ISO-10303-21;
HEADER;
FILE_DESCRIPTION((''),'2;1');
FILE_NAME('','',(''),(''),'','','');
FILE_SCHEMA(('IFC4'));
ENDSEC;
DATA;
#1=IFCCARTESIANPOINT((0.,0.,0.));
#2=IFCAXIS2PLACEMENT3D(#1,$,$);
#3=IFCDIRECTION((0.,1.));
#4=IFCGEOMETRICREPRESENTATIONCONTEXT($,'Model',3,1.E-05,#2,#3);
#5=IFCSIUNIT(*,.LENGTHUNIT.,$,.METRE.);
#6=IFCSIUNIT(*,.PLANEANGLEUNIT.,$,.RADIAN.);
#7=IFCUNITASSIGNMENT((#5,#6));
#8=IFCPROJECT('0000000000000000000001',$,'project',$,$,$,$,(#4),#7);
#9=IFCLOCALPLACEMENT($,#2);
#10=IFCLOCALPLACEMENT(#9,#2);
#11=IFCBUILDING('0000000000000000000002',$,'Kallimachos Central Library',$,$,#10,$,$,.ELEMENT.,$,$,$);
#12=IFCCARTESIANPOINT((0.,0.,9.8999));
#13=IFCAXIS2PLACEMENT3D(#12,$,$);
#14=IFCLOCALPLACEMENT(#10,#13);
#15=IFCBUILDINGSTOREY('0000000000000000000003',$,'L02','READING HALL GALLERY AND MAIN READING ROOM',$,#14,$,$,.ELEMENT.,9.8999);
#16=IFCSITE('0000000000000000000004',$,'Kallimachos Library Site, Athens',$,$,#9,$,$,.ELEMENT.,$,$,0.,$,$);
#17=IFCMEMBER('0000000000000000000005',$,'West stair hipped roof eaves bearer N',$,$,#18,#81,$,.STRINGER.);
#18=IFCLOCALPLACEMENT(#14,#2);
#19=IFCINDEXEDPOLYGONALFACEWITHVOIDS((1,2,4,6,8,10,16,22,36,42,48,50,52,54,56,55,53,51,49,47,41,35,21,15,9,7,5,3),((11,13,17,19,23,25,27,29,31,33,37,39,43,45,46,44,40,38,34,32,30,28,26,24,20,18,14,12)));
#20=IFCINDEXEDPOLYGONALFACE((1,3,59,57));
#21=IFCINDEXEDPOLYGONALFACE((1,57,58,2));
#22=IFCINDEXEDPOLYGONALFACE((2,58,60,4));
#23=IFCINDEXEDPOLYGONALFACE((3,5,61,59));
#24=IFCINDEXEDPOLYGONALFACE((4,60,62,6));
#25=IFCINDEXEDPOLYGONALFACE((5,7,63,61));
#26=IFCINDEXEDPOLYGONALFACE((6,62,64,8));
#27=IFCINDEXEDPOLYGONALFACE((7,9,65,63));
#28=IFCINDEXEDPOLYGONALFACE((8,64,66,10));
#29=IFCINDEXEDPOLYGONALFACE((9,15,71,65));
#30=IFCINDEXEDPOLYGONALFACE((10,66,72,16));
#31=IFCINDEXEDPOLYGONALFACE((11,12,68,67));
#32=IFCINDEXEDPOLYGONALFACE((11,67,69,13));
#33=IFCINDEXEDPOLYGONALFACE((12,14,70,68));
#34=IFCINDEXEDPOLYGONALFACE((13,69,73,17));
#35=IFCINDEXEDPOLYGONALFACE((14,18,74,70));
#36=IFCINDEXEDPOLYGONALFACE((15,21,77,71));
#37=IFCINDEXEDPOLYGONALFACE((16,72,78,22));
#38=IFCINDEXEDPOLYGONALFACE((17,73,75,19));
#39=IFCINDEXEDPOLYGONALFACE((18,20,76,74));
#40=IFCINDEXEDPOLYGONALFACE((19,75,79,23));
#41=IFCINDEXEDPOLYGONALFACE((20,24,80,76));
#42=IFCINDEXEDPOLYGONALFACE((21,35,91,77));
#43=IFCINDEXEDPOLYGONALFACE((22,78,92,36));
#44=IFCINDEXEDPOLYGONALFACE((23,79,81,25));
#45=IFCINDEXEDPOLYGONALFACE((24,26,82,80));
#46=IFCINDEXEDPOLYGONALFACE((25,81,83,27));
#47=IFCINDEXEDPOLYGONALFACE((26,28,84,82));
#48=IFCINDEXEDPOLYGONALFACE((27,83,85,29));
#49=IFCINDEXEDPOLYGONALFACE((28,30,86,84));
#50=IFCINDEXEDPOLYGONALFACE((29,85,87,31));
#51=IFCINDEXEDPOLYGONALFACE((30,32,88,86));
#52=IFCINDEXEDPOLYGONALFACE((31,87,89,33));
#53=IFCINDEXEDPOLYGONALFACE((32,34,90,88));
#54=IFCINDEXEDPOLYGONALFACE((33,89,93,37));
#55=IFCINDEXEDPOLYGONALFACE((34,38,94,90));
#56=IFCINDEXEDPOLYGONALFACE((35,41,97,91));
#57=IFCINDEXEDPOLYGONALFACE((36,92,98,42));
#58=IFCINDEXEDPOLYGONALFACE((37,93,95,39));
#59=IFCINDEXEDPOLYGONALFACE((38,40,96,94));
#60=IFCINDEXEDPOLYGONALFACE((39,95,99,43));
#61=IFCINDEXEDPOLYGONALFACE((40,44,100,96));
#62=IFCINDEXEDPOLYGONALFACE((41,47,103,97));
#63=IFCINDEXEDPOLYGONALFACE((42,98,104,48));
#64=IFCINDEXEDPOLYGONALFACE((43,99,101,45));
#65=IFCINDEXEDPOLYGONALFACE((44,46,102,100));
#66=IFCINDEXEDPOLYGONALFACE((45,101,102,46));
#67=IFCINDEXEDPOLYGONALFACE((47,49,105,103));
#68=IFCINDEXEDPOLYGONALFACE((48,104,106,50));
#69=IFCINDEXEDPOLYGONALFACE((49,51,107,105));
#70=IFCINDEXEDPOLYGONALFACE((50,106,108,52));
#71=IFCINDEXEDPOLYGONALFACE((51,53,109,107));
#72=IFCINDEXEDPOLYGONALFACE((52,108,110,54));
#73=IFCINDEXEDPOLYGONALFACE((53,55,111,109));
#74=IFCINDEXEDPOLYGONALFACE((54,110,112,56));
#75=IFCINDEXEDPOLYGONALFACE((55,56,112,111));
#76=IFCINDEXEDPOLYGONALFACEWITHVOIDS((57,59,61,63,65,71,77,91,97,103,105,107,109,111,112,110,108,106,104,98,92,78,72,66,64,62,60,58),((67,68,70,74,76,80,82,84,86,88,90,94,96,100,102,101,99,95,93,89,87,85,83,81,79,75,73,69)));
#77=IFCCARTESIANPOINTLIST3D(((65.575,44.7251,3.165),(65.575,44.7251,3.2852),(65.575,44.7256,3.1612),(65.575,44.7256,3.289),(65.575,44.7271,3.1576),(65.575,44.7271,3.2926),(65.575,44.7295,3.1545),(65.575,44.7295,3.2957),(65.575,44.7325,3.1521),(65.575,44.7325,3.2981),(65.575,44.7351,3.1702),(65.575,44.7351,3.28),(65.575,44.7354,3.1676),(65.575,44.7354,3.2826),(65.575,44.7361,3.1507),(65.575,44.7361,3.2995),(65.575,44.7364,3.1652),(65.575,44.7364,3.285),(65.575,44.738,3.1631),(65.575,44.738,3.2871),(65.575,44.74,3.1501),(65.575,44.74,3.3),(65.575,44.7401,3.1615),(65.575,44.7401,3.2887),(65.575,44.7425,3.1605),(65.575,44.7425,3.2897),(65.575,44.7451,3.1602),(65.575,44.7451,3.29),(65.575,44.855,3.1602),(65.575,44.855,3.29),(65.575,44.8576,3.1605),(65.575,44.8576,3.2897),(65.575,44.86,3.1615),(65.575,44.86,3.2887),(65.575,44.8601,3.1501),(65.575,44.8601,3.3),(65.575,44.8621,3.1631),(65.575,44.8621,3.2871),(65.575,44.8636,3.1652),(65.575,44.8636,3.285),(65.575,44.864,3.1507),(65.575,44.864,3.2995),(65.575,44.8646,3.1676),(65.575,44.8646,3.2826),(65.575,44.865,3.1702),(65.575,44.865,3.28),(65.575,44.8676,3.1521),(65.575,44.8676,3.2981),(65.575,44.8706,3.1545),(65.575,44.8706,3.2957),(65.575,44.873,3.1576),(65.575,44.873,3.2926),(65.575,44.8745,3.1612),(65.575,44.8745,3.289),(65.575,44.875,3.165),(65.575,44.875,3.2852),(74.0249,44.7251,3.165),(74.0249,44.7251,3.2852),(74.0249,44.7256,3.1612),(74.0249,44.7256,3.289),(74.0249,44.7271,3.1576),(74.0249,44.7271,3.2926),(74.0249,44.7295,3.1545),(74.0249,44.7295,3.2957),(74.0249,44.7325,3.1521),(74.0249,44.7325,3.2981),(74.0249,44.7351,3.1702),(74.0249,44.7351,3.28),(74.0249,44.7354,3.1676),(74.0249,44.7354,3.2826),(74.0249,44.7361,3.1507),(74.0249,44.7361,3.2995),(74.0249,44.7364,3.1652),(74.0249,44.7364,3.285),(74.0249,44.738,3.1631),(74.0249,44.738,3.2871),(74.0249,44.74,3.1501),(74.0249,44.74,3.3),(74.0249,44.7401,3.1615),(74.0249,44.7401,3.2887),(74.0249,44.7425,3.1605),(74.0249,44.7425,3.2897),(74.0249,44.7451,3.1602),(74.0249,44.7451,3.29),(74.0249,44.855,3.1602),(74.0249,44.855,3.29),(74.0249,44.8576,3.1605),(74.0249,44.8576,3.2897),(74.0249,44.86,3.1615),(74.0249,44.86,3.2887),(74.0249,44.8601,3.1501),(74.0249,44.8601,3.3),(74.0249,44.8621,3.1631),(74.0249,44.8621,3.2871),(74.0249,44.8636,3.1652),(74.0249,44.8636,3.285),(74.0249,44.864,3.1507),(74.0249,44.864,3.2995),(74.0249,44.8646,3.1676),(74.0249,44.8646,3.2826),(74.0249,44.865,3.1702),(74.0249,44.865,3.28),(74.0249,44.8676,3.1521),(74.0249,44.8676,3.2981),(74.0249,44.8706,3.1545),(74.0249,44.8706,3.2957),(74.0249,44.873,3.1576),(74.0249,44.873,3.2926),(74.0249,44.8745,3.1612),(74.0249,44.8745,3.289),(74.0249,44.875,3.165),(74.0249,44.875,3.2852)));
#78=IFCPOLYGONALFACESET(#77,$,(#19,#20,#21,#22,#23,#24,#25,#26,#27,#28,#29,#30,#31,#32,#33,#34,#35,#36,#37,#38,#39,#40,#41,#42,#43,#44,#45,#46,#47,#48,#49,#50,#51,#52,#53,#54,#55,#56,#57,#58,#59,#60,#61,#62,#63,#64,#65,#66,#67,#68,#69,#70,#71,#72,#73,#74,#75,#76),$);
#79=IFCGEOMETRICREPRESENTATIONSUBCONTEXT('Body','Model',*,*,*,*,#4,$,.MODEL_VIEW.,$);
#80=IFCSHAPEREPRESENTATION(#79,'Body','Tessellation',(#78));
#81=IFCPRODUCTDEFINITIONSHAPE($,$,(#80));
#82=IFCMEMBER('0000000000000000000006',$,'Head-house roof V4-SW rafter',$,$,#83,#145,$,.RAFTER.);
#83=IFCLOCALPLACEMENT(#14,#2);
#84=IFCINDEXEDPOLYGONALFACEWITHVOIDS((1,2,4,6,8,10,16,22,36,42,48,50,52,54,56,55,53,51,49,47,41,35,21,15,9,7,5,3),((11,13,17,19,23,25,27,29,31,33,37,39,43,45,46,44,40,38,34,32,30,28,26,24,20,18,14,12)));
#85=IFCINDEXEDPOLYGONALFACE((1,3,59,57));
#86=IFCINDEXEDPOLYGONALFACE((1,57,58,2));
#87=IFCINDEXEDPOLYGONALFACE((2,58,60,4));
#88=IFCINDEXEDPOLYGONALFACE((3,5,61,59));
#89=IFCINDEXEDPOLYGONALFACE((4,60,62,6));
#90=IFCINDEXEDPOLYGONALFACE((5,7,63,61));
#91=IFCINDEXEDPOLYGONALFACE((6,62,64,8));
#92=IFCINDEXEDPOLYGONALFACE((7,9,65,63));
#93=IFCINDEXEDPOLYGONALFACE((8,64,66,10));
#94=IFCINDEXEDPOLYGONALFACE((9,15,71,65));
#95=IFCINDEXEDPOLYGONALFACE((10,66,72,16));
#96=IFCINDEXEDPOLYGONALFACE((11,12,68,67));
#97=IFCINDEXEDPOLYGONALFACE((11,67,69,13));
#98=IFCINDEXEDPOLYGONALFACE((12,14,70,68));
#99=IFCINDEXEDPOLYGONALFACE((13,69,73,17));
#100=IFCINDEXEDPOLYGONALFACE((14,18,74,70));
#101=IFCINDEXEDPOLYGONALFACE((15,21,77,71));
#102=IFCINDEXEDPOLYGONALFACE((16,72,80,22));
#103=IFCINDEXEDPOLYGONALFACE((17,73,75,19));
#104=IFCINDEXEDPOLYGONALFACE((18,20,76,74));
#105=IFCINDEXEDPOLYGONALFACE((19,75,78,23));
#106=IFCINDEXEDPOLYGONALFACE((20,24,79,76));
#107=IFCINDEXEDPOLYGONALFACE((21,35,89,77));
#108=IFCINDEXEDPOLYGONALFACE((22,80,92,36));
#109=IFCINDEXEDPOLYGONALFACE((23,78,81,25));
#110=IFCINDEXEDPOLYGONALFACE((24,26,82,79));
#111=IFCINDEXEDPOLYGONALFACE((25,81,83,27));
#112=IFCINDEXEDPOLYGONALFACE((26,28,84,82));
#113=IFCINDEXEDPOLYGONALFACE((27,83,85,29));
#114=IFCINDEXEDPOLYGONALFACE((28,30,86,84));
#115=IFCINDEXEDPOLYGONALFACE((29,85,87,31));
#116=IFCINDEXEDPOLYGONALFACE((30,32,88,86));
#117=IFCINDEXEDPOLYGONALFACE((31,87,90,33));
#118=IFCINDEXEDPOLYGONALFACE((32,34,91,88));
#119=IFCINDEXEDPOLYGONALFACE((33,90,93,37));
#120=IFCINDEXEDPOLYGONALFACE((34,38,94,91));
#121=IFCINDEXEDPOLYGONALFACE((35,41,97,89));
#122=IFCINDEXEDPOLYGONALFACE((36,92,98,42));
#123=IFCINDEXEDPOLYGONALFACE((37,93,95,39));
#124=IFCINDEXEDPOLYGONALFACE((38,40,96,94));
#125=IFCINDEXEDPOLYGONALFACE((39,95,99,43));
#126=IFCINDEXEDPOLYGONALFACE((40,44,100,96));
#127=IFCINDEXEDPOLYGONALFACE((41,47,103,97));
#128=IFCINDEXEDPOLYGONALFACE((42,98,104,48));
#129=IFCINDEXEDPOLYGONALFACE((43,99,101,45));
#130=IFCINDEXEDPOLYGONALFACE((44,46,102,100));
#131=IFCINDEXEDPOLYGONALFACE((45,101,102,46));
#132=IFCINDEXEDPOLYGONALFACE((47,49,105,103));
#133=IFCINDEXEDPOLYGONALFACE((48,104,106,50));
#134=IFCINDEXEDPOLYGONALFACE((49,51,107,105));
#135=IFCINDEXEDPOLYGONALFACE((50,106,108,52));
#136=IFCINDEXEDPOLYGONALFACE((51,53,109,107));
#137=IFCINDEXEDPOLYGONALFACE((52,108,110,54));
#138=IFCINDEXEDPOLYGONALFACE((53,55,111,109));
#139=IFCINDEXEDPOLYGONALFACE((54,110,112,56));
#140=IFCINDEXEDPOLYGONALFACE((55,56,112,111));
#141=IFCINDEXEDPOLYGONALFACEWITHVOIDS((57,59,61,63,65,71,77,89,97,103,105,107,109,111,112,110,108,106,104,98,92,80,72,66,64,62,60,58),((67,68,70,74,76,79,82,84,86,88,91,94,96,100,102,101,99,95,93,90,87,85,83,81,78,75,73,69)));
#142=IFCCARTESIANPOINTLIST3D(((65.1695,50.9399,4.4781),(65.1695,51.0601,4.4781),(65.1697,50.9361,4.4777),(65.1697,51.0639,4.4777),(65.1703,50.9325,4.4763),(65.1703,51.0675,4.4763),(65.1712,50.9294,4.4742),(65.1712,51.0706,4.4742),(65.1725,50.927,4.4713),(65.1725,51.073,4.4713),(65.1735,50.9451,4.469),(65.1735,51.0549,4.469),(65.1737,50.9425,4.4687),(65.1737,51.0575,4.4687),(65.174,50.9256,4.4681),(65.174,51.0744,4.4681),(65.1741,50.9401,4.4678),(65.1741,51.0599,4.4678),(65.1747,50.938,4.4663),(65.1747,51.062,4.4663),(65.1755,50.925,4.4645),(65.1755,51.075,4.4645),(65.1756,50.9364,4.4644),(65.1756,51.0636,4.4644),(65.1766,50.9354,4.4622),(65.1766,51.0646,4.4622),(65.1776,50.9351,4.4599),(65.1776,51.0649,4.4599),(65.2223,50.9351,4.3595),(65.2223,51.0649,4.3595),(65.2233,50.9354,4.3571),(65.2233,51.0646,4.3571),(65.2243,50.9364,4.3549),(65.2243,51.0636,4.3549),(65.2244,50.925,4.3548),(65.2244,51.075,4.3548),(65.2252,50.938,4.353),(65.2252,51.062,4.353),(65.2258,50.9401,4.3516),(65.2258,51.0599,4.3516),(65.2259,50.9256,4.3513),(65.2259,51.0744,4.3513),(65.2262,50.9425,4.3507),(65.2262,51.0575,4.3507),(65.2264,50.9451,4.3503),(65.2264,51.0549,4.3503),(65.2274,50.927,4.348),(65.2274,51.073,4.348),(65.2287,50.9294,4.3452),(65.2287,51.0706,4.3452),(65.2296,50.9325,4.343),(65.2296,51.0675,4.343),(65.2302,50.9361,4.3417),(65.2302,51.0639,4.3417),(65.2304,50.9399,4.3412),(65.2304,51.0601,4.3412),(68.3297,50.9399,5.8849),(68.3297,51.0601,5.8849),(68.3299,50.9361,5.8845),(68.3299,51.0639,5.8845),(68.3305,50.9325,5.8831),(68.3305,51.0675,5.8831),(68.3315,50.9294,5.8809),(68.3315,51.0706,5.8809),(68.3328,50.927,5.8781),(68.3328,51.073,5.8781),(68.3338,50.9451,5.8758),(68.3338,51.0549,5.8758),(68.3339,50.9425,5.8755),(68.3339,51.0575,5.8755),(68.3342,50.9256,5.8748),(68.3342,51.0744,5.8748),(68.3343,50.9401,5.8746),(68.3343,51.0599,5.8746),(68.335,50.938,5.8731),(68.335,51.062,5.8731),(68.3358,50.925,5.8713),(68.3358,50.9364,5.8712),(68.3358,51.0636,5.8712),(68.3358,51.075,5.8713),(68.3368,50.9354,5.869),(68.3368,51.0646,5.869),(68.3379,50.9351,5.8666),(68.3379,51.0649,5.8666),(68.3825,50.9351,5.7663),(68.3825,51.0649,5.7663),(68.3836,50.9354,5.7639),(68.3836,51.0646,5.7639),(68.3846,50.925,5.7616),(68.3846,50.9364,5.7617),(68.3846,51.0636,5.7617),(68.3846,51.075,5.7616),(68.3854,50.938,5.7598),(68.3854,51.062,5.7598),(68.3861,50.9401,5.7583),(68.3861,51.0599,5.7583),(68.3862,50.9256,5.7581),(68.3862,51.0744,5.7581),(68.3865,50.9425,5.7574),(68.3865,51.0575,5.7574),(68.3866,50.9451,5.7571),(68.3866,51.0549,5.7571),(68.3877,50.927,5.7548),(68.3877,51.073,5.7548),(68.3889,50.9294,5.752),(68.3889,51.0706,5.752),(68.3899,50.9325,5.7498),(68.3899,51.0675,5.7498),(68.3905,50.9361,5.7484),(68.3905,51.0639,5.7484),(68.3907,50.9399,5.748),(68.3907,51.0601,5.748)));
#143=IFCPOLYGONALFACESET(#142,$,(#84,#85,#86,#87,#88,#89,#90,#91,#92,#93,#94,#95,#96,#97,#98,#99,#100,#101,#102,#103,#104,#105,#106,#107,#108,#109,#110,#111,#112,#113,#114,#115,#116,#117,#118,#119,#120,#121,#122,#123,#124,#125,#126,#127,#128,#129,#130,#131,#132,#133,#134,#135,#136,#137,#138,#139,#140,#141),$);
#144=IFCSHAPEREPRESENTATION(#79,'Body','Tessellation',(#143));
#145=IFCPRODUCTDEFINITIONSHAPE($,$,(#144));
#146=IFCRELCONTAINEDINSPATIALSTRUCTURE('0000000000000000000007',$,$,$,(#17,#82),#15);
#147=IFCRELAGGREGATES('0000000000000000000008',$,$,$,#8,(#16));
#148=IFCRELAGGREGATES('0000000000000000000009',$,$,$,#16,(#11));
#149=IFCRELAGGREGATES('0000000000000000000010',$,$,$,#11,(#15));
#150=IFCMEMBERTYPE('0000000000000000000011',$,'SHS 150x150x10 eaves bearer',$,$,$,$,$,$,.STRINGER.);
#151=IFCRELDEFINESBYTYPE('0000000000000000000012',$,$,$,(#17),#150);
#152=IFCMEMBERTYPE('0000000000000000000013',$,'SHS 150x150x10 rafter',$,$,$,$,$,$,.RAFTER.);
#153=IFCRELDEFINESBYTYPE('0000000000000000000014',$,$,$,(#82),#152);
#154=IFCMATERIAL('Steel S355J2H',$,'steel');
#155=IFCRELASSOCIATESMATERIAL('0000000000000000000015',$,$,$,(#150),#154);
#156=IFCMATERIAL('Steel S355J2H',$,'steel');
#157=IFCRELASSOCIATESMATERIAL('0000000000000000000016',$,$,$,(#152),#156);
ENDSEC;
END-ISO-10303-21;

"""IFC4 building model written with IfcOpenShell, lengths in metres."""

from ifc_helpers import new_model, si_unit, direction, frame, origin, origin_2d, place, context, subcontext, project, spatial, hollow_rectangle, extrude, material, material_profile, profile_set, type_object, element, save


model = new_model("IFC4")

# Units and contexts
model_context = context("Model", 3, precision=1e-05, world=origin(), true_north=direction((0.0, 1.0)))
body_context = subcontext(model_context, "Body", "Model", "MODEL_VIEW")
ifc_project = project(units=[si_unit("LENGTHUNIT", "METRE"), si_unit("PLANEANGLEUNIT", "RADIAN")], contexts=[model_context])

# Site, building, storey
site_placement = place(None, origin())
site = spatial("IfcSite", under=ifc_project, at=site_placement, Name="Kallimachos Library Site, Athens", CompositionType="ELEMENT", RefElevation=0.0)
building_placement = place(site_placement, origin())
building = spatial("IfcBuilding", under=site, at=building_placement, Name="Kallimachos Central Library", CompositionType="ELEMENT")
storey_placement = place(building_placement, frame((0.0, 0.0, 9.8999)))
storey = spatial("IfcBuildingStorey", under=building, at=storey_placement, Name="L02", Description="READING HALL GALLERY AND MAIN READING ROOM", CompositionType="ELEMENT", Elevation=9.8999)

# Members
ifc_material_1 = material(Name="Steel S355J2H", Category="steel")
ifc_material_profile_1 = material_profile(ifc_material_1, hollow_rectangle(XDim=0.1499, YDim=0.1499, WallThickness=0.01, InnerFilletRadius=0.01, OuterFilletRadius=0.0149, at=origin_2d()), Name="SHS 150x150x10")
ifc_profile_set_1 = profile_set([ifc_material_profile_1], Name="Steel S355J2H")
member_type_1 = type_object("IfcMemberType", Name="SHS 150x150x10 eaves bearer", PredefinedType="STRINGER", material=ifc_profile_set_1)
member_1_placement = place(storey_placement, frame((65.575, 44.8, 3.2251), z_axis=(1.0, 0.0, 0.0), x_axis=(0.0, 1.0, 0.0)))
element("IfcMember", 1, at=member_1_placement, inside=storey, type_object=member_type_1, Name="West stair hipped roof eaves bearer N", PredefinedType="STRINGER", context=body_context, shape_type="SweptSolid", body=[
    extrude(hollow_rectangle(XDim=0.1499, YDim=0.1499, WallThickness=0.01, InnerFilletRadius=0.01, OuterFilletRadius=0.0149, at=origin_2d()), origin(), (0.0, 0.0, 1.0), 8.45),
])
ifc_material_2 = material(Name="Steel S355J2H", Category="steel")
ifc_material_profile_2 = material_profile(ifc_material_2, hollow_rectangle(XDim=0.1499, YDim=0.1499, WallThickness=0.01, InnerFilletRadius=0.01, OuterFilletRadius=0.0149, at=origin_2d()), Name="SHS 150x150x10")
ifc_profile_set_2 = profile_set([ifc_material_profile_2], Name="Steel S355J2H")
member_type_2 = type_object("IfcMemberType", Name="SHS 150x150x10 rafter", PredefinedType="RAFTER", material=ifc_profile_set_2)
member_2_placement = place(storey_placement, frame((65.2, 51.0, 4.4097), z_axis=(0.913573, 0.0, 0.406675), x_axis=(0.0, 1.0, 0.0)))
element("IfcMember", 2, at=member_2_placement, inside=storey, type_object=member_type_2, Name="Head-house roof V4-SW rafter", PredefinedType="RAFTER", context=body_context, shape_type="SweptSolid", body=[
    extrude(hollow_rectangle(XDim=0.1499, YDim=0.1499, WallThickness=0.01, InnerFilletRadius=0.01, OuterFilletRadius=0.0149, at=origin_2d()), origin(), (0.0, 0.0, 1.0), 3.4592),
])

save(model, "model.ifc")
